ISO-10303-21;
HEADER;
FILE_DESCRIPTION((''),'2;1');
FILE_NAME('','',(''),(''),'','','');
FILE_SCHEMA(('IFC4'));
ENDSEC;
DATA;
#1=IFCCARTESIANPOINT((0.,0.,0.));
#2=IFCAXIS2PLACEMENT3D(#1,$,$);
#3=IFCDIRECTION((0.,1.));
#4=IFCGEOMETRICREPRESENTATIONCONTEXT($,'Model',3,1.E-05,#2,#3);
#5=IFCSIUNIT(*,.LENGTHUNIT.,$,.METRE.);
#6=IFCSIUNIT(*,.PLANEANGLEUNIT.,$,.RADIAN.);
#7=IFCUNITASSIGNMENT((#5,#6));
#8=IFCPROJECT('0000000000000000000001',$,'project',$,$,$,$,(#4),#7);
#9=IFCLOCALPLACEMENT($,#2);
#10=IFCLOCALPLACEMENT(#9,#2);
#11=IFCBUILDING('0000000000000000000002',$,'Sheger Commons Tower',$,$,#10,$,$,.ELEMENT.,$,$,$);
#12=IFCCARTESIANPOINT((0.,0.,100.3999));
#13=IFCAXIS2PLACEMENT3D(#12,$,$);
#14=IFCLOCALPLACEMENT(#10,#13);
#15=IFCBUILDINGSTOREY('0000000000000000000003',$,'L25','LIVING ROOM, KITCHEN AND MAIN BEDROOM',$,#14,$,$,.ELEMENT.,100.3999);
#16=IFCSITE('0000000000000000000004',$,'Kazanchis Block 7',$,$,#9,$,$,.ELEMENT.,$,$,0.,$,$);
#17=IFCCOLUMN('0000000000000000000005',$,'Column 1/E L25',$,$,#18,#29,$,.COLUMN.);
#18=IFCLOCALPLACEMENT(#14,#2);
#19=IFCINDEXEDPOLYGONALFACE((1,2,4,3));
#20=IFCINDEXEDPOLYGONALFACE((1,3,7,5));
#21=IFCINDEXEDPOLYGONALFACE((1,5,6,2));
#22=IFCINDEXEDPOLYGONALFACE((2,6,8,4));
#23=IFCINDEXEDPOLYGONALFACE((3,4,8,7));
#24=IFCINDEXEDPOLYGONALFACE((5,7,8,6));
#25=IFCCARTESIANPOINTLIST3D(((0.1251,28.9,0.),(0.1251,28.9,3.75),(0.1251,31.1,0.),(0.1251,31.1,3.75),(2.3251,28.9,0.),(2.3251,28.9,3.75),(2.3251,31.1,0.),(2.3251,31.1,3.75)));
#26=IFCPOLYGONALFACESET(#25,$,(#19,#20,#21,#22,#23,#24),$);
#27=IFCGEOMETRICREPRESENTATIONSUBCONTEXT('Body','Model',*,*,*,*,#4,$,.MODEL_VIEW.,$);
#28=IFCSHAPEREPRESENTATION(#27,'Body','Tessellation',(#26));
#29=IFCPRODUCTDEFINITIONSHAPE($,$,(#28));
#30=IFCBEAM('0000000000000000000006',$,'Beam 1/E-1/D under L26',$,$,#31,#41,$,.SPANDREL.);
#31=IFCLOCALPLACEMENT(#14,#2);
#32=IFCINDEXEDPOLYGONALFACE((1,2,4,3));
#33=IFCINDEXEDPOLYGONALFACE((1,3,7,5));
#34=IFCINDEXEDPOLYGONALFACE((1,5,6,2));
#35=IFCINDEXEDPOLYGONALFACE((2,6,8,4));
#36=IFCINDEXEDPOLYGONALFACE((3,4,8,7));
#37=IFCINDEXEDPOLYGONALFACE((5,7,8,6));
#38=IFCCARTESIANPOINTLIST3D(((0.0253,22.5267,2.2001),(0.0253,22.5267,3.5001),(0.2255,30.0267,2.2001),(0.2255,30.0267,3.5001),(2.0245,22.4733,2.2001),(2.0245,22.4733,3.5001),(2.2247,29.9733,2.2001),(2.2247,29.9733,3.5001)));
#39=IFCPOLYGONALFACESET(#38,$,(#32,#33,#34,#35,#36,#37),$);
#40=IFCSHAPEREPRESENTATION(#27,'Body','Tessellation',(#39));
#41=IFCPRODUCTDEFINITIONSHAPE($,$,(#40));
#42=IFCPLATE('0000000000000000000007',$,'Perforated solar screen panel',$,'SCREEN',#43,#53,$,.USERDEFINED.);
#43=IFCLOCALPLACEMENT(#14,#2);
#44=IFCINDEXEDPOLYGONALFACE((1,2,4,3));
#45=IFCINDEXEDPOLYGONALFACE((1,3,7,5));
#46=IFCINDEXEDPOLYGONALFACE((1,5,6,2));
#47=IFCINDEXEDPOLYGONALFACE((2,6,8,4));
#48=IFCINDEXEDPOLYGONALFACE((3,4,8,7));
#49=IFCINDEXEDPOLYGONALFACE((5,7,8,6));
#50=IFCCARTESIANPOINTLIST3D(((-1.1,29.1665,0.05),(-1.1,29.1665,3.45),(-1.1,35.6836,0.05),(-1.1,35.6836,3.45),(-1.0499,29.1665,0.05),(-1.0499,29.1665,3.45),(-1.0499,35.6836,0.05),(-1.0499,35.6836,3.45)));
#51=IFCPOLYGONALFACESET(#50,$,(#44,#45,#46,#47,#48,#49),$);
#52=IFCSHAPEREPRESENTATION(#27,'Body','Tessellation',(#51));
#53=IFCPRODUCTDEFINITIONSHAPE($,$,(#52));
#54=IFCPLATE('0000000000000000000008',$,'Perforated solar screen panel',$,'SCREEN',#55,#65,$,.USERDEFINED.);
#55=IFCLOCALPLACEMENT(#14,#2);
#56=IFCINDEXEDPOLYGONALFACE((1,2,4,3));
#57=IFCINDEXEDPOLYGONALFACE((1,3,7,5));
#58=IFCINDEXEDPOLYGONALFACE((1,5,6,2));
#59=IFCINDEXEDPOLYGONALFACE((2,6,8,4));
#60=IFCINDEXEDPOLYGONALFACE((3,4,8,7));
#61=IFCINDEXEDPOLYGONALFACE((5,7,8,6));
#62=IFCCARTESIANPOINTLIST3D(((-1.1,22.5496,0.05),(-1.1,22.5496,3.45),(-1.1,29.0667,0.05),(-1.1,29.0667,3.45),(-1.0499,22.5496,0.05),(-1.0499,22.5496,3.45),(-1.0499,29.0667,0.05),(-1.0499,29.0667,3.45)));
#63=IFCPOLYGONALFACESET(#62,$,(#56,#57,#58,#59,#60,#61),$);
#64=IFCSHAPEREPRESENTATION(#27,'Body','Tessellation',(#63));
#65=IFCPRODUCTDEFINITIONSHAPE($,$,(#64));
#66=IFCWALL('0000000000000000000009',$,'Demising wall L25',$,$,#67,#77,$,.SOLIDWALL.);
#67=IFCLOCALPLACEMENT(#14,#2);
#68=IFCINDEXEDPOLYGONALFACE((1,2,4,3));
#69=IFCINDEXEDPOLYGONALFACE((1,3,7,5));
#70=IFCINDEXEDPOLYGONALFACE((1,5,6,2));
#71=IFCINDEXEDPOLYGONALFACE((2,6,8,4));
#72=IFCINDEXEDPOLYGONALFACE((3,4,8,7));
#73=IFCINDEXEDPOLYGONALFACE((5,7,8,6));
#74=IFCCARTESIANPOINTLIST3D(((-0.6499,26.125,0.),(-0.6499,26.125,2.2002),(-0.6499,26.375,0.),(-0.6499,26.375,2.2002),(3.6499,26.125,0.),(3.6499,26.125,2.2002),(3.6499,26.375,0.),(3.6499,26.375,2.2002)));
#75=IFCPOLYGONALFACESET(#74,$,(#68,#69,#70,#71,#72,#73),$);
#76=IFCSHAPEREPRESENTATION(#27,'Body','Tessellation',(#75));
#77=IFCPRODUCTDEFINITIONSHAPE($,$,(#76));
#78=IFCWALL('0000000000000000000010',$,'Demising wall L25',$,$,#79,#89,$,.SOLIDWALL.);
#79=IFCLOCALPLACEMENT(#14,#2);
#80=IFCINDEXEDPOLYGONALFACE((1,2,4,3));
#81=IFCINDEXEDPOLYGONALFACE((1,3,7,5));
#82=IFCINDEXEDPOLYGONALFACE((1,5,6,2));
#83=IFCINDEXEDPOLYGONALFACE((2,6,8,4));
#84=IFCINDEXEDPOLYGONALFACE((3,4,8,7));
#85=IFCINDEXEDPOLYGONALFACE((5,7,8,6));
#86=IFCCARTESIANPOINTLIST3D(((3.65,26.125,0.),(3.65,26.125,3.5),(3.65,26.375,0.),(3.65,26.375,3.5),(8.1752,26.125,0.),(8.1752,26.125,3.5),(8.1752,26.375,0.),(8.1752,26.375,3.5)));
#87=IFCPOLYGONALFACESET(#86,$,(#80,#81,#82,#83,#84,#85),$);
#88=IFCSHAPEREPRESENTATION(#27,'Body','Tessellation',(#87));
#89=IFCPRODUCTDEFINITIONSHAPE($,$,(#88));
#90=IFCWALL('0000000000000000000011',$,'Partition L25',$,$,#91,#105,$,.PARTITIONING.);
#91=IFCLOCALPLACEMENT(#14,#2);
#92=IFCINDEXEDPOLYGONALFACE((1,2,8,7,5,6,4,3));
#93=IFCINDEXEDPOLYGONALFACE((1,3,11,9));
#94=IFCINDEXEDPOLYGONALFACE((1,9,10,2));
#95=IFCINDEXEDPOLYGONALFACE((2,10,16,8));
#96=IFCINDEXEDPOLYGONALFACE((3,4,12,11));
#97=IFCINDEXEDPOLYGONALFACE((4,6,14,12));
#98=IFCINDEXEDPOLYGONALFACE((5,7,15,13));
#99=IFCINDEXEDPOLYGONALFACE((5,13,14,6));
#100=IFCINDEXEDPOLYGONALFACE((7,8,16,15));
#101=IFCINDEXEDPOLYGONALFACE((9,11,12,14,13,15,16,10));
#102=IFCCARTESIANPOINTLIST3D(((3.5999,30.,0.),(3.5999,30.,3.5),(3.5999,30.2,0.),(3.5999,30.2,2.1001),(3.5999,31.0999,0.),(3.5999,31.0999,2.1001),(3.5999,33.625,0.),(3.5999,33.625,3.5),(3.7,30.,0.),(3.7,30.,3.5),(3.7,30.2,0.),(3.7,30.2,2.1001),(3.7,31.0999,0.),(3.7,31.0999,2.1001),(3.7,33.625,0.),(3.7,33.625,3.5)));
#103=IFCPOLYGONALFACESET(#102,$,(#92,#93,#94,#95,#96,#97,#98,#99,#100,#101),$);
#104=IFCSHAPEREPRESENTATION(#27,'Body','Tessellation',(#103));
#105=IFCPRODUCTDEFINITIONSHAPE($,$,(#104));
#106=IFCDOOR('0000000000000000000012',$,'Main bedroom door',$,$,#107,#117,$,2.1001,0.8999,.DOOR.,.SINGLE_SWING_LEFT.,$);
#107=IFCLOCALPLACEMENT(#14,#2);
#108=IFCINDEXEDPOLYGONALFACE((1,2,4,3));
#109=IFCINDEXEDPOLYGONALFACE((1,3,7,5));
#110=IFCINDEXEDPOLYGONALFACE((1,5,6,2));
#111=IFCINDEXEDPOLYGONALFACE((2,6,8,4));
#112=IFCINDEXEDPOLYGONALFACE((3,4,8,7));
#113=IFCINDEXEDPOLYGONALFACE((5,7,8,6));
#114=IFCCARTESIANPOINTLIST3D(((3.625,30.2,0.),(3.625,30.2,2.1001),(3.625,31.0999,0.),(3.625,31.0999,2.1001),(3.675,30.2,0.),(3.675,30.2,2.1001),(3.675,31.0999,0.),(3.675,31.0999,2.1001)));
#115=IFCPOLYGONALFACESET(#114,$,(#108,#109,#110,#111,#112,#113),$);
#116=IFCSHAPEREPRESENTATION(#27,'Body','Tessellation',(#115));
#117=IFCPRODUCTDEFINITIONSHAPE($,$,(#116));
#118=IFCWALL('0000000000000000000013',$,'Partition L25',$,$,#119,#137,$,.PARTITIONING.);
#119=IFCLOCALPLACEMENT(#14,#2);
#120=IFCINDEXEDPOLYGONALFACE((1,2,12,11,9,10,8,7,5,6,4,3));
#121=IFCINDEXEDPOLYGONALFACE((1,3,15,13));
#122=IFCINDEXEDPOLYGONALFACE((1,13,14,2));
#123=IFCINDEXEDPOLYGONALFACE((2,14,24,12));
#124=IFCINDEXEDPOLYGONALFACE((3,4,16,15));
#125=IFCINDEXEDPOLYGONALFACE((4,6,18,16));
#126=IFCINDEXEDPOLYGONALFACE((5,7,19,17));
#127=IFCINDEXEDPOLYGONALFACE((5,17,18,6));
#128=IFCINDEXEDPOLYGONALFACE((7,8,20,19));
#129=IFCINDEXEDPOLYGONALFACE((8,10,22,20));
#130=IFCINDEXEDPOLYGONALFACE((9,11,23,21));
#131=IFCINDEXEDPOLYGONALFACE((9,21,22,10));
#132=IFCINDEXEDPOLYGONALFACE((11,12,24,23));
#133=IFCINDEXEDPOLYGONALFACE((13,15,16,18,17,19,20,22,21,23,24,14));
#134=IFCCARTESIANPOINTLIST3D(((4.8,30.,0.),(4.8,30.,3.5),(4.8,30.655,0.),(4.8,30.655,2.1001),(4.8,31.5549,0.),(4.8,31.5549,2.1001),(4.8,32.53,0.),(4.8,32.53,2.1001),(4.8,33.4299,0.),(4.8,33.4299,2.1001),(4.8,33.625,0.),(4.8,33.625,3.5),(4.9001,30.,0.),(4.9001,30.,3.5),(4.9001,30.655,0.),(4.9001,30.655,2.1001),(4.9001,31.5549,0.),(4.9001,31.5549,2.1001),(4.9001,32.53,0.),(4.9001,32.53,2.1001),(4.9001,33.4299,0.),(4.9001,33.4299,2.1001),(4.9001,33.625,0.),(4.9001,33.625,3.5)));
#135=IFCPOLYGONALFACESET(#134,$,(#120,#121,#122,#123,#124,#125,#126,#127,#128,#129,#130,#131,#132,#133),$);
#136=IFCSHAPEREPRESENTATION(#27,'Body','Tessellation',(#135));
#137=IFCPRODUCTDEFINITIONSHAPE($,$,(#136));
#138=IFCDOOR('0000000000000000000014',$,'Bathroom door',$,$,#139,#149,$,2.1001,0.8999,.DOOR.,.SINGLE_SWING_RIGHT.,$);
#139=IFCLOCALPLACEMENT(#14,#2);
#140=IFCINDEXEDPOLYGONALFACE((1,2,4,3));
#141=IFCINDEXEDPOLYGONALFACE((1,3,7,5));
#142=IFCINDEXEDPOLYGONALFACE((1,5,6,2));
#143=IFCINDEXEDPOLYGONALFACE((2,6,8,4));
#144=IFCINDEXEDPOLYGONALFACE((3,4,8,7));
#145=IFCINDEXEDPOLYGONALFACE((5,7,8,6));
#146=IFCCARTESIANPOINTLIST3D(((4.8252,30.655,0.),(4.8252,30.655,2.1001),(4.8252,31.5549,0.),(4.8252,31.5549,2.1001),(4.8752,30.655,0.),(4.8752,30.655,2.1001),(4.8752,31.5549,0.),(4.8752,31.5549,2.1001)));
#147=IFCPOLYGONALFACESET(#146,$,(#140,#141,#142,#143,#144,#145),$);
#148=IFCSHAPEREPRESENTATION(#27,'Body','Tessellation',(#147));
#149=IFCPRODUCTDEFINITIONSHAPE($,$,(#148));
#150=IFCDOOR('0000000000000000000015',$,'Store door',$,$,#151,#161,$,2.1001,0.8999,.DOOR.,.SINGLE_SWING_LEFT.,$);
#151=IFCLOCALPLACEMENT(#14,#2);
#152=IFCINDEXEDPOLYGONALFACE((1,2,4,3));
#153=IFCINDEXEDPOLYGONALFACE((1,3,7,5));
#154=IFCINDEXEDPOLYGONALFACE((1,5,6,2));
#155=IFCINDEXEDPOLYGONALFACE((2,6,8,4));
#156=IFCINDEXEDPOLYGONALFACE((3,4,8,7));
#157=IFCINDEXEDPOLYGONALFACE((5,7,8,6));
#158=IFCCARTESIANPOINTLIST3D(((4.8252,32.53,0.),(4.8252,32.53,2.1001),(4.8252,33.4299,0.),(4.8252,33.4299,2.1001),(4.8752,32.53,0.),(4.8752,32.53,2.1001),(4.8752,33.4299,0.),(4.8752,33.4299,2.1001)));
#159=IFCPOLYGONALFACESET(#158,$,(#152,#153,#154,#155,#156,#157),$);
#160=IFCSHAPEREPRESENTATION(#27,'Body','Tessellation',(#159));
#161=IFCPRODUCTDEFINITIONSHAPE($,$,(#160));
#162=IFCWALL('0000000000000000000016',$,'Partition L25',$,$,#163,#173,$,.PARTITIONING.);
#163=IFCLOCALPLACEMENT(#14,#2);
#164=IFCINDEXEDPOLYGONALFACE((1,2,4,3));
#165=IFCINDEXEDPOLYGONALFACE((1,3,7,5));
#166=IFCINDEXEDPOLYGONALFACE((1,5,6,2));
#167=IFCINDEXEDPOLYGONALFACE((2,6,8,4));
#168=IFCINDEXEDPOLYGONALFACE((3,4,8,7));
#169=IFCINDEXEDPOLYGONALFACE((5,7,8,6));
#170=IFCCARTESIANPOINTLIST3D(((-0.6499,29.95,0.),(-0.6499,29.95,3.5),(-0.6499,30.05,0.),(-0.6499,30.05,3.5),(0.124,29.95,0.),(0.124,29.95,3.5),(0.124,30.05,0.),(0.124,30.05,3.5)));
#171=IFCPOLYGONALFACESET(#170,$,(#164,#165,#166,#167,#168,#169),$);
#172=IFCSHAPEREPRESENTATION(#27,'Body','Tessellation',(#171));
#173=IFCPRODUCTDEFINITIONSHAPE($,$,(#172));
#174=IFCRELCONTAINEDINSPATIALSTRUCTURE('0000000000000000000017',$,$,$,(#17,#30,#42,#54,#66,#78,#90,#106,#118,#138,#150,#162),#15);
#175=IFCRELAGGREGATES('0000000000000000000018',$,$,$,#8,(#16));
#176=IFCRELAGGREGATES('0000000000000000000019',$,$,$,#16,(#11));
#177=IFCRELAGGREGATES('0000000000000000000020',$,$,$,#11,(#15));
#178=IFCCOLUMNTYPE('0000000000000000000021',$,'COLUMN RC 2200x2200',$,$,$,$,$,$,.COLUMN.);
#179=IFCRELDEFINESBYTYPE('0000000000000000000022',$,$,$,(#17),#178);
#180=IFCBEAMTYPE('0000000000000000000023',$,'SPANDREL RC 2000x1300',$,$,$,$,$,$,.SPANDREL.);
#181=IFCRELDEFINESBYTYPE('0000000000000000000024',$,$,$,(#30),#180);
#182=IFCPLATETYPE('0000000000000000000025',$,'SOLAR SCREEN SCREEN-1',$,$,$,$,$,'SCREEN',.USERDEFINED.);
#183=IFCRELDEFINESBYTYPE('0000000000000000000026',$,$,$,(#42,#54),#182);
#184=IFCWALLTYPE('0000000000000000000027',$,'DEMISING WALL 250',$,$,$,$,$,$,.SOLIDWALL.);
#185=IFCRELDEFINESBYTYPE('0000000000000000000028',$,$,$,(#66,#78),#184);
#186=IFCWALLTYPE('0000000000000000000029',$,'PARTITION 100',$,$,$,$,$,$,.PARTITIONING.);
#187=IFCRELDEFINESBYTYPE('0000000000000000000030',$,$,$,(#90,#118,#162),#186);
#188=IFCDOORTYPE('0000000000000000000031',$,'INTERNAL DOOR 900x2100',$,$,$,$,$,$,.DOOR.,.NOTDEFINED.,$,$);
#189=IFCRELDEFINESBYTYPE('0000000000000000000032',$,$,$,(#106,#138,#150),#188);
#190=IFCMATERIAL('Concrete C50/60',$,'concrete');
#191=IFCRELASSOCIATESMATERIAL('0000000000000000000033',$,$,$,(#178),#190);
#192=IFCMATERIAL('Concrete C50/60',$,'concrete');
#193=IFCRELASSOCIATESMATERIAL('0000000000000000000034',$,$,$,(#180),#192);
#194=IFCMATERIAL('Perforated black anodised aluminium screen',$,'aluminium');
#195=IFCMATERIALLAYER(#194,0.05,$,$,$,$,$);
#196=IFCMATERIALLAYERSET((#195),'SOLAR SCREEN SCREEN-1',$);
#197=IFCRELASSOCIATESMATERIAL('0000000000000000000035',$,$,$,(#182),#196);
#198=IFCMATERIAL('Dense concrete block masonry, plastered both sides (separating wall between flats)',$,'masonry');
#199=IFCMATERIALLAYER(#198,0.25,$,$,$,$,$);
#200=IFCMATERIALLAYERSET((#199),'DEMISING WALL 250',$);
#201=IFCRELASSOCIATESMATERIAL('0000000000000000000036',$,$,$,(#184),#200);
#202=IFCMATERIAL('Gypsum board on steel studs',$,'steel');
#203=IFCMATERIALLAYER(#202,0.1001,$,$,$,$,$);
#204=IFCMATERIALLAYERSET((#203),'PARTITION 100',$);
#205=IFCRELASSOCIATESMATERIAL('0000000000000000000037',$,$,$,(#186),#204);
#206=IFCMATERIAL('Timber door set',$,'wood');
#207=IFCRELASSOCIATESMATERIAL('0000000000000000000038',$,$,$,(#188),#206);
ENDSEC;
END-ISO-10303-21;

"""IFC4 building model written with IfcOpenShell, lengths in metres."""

from ifc_helpers import new_model, si_unit, direction, frame, frame_2d, origin, origin_2d, place, context, subcontext, project, spatial, rectangle, extrude, material, layer, layer_set, material_profile, profile_set, type_object, element, fill, save


model = new_model("IFC4")

# Units and contexts
model_context = context("Model", 3, precision=1e-05, world=origin(), true_north=direction((0.0, 1.0)))
body_context = subcontext(model_context, "Body", "Model", "MODEL_VIEW")
ifc_project = project(units=[si_unit("LENGTHUNIT", "METRE"), si_unit("PLANEANGLEUNIT", "RADIAN")], contexts=[model_context])

# Site, building, storey
site_placement = place(None, origin())
site = spatial("IfcSite", under=ifc_project, at=site_placement, Name="Kazanchis Block 7", CompositionType="ELEMENT", RefElevation=0.0)
building_placement = place(site_placement, origin())
building = spatial("IfcBuilding", under=site, at=building_placement, Name="Sheger Commons Tower", CompositionType="ELEMENT")
storey_placement = place(building_placement, frame((0.0, 0.0, 100.3999)))
storey = spatial("IfcBuildingStorey", under=building, at=storey_placement, Name="L25", Description="LIVING ROOM, KITCHEN AND MAIN BEDROOM", CompositionType="ELEMENT", Elevation=100.3999)

# Column
ifc_material_1 = material(Name="Concrete C50/60", Category="concrete")
ifc_material_profile_1 = material_profile(ifc_material_1, rectangle(XDim=2.2, YDim=2.2, at=origin_2d()), Name="RC 2200x2200")
ifc_profile_set_1 = profile_set([ifc_material_profile_1], Name="Concrete C50/60")
column_type = type_object("IfcColumnType", Name="COLUMN RC 2200x2200", PredefinedType="COLUMN", material=ifc_profile_set_1)
column_placement = place(storey_placement, frame((1.2251, 30.0, 0.0), z_axis=(0.0, 0.0, 1.0), x_axis=(1.0, 0.0, 0.0)))
element("IfcColumn", 1, at=column_placement, inside=storey, type_object=column_type, Name="Column 1/E L25", PredefinedType="COLUMN", context=body_context, shape_type="SweptSolid", body=[
    extrude(rectangle(XDim=2.2, YDim=2.2, at=origin_2d()), origin(), (0.0, 0.0, 1.0), 3.75),
])

# Beam
ifc_material_2 = material(Name="Concrete C50/60", Category="concrete")
ifc_material_profile_2 = material_profile(ifc_material_2, rectangle(XDim=2.0, YDim=1.3, at=origin_2d()), Name="RC 2000x1300")
ifc_profile_set_2 = profile_set([ifc_material_profile_2], Name="Concrete C50/60")
beam_type = type_object("IfcBeamType", Name="SPANDREL RC 2000x1300", PredefinedType="SPANDREL", material=ifc_profile_set_2)
beam_placement = place(storey_placement, frame((1.2251, 30.0, 2.8501), z_axis=(-0.026683, -0.999644, 0.0), x_axis=(0.999644, -0.026683, 0.0)))
element("IfcBeam", 2, at=beam_placement, inside=storey, type_object=beam_type, Name="Beam 1/E-1/D under L26", PredefinedType="SPANDREL", context=body_context, shape_type="SweptSolid", body=[
    extrude(rectangle(XDim=2.0, YDim=1.3, at=origin_2d()), origin(), (0.0, 0.0, 1.0), 7.5027),
])

# Plates
ifc_material_3 = material(Name="Perforated black anodised aluminium screen", Category="aluminium")
ifc_layer_1 = layer(ifc_material_3, 0.05)
ifc_layer_set_1 = layer_set([ifc_layer_1], Name="SOLAR SCREEN SCREEN-1")
plate_type = type_object("IfcPlateType", Name="SOLAR SCREEN SCREEN-1", ElementType="SCREEN", PredefinedType="USERDEFINED", material=ifc_layer_set_1)
for number, where, z_axis, x_axis, name in (
    (3, (-1.075, 32.425, 0.05), (0.0, 0.0, 1.0), (0.0, -1.0, 0.0), "Perforated solar screen panel"),
    (4, (-1.075, 25.8081, 0.05), (0.0, 0.0, 1.0), (0.0, -1.0, 0.0), "Perforated solar screen panel"),
):
    element("IfcPlate", number, at=place(storey_placement, frame(where, z_axis=z_axis, x_axis=x_axis)), inside=storey, type_object=plate_type, Name=name, ObjectType="SCREEN", PredefinedType="USERDEFINED", context=body_context, shape_type="SweptSolid", body=[
        extrude(rectangle(XDim=6.5171, YDim=0.05, at=origin_2d()), origin(), (0.0, 0.0, 1.0), 3.3999),
    ])

# Walls
ifc_material_4 = material(Name="Dense concrete block masonry, plastered both sides (separating wall between flats)", Category="masonry")
ifc_layer_2 = layer(ifc_material_4, 0.25)
ifc_layer_set_2 = layer_set([ifc_layer_2], Name="DEMISING WALL 250")
wall_type_1 = type_object("IfcWallType", Name="DEMISING WALL 250", PredefinedType="SOLIDWALL", material=ifc_layer_set_2)
wall_1_placement = place(storey_placement, frame((-0.6499, 26.25, 0.0), z_axis=(0.0, 0.0, 1.0), x_axis=(1.0, 0.0, 0.0)))
element("IfcWall", 5, at=wall_1_placement, inside=storey, type_object=wall_type_1, Name="Demising wall L25", PredefinedType="SOLIDWALL", context=body_context, shape_type="SweptSolid", body=[
    extrude(rectangle(XDim=4.2998, YDim=0.25, at=frame_2d((2.1499, 0.0))), origin(), (0.0, 0.0, 1.0), 2.2002),
])
wall_2_placement = place(storey_placement, frame((3.6499, 26.25, 0.0), z_axis=(0.0, 0.0, 1.0), x_axis=(1.0, 0.0, 0.0)))
element("IfcWall", 6, at=wall_2_placement, inside=storey, type_object=wall_type_1, Name="Demising wall L25", PredefinedType="SOLIDWALL", context=body_context, shape_type="SweptSolid", body=[
    extrude(rectangle(XDim=4.5251, YDim=0.25, at=frame_2d((2.2627, 0.0))), origin(), (0.0, 0.0, 1.0), 3.5),
])

# Wall, opening, door
ifc_material_5 = material(Name="Gypsum board on steel studs", Category="steel")
ifc_layer_3 = layer(ifc_material_5, 0.1001)
ifc_layer_set_3 = layer_set([ifc_layer_3], Name="PARTITION 100")
wall_type_2 = type_object("IfcWallType", Name="PARTITION 100", PredefinedType="PARTITIONING", material=ifc_layer_set_3)
wall_3_placement = place(storey_placement, frame((3.6499, 30.0, 0.0), z_axis=(0.0, 0.0, 1.0), x_axis=(0.0, 1.0, 0.0)))
wall_3 = element("IfcWall", 7, at=wall_3_placement, inside=storey, type_object=wall_type_2, Name="Partition L25", PredefinedType="PARTITIONING", context=body_context, shape_type="SweptSolid", body=[
    extrude(rectangle(XDim=3.625, YDim=0.1001, at=frame_2d((1.8125, 0.0))), origin(), (0.0, 0.0, 1.0), 3.5),
])
opening_1_placement = place(wall_3_placement, frame((0.2, 0.0, 0.0)))
opening_1 = element("IfcOpeningElement", 8, at=opening_1_placement, cuts=wall_3, PredefinedType="OPENING", context=body_context, shape_type="SweptSolid", body=[
    extrude(rectangle(XDim=0.8999, YDim=2.1001, at=frame_2d((0.45, 1.05))), frame((0.0, 0.0601, 0.0), z_axis=(0.0, -1.0, 0.0), x_axis=(1.0, 0.0, 0.0)), (0.0, 0.0, 1.0), 0.1201),
])
ifc_material_6 = material(Name="Timber door set", Category="wood")
door_type = type_object("IfcDoorType", Name="INTERNAL DOOR 900x2100", OperationType="NOTDEFINED", PredefinedType="DOOR", material=ifc_material_6)
door_1_placement = place(opening_1_placement, origin())
door_1 = element("IfcDoor", 9, at=door_1_placement, inside=storey, type_object=door_type, Name="Main bedroom door", OperationType="SINGLE_SWING_LEFT", OverallHeight=2.1001, OverallWidth=0.8999, PredefinedType="DOOR", context=body_context, shape_type="SweptSolid", body=[
    extrude(rectangle(XDim=0.8999, YDim=2.1001, at=frame_2d((0.45, 1.05))), frame((0.0, 0.0249, 0.0), z_axis=(0.0, -1.0, 0.0), x_axis=(1.0, 0.0, 0.0)), (0.0, 0.0, 1.0), 0.05),
])
fill(opening_1, door_1)

# Wall, openings, doors
wall_4_placement = place(storey_placement, frame((4.8501, 30.0, 0.0), z_axis=(0.0, 0.0, 1.0), x_axis=(0.0, 1.0, 0.0)))
wall_4 = element("IfcWall", 10, at=wall_4_placement, inside=storey, type_object=wall_type_2, Name="Partition L25", PredefinedType="PARTITIONING", context=body_context, shape_type="SweptSolid", body=[
    extrude(rectangle(XDim=3.625, YDim=0.1001, at=frame_2d((1.8125, 0.0))), origin(), (0.0, 0.0, 1.0), 3.5),
])
opening_2_placement = place(wall_4_placement, frame((0.655, 0.0, 0.0)))
opening_2 = element("IfcOpeningElement", 11, at=opening_2_placement, cuts=wall_4, PredefinedType="OPENING", context=body_context, shape_type="SweptSolid", body=[
    extrude(rectangle(XDim=0.8999, YDim=2.1001, at=frame_2d((0.45, 1.05))), frame((0.0, 0.0601, 0.0), z_axis=(0.0, -1.0, 0.0), x_axis=(1.0, 0.0, 0.0)), (0.0, 0.0, 1.0), 0.1201),
])
opening_3_placement = place(wall_4_placement, frame((2.53, 0.0, 0.0)))
opening_3 = element("IfcOpeningElement", 12, at=opening_3_placement, cuts=wall_4, PredefinedType="OPENING", context=body_context, shape_type="SweptSolid", body=[
    extrude(rectangle(XDim=0.8999, YDim=2.1001, at=frame_2d((0.45, 1.05))), frame((0.0, 0.0601, 0.0), z_axis=(0.0, -1.0, 0.0), x_axis=(1.0, 0.0, 0.0)), (0.0, 0.0, 1.0), 0.1201),
])
door_2_placement = place(opening_2_placement, origin())
door_2 = element("IfcDoor", 13, at=door_2_placement, inside=storey, type_object=door_type, Name="Bathroom door", OperationType="SINGLE_SWING_RIGHT", OverallHeight=2.1001, OverallWidth=0.8999, PredefinedType="DOOR", context=body_context, shape_type="SweptSolid", body=[
    extrude(rectangle(XDim=0.8999, YDim=2.1001, at=frame_2d((0.45, 1.05))), frame((0.0, 0.0249, 0.0), z_axis=(0.0, -1.0, 0.0), x_axis=(1.0, 0.0, 0.0)), (0.0, 0.0, 1.0), 0.05),
])
fill(opening_2, door_2)
door_3_placement = place(opening_3_placement, origin())
door_3 = element("IfcDoor", 14, at=door_3_placement, inside=storey, type_object=door_type, Name="Store door", OperationType="SINGLE_SWING_LEFT", OverallHeight=2.1001, OverallWidth=0.8999, PredefinedType="DOOR", context=body_context, shape_type="SweptSolid", body=[
    extrude(rectangle(XDim=0.8999, YDim=2.1001, at=frame_2d((0.45, 1.05))), frame((0.0, 0.0249, 0.0), z_axis=(0.0, -1.0, 0.0), x_axis=(1.0, 0.0, 0.0)), (0.0, 0.0, 1.0), 0.05),
])
fill(opening_3, door_3)

# Wall
wall_5_placement = place(storey_placement, frame((-0.6499, 30.0, 0.0), z_axis=(0.0, 0.0, 1.0), x_axis=(1.0, 0.0, 0.0)))
element("IfcWall", 15, at=wall_5_placement, inside=storey, type_object=wall_type_2, Name="Partition L25", PredefinedType="PARTITIONING", context=body_context, shape_type="SweptSolid", body=[
    extrude(rectangle(XDim=0.7739, YDim=0.1001, at=frame_2d((0.387, 0.0))), origin(), (0.0, 0.0, 1.0), 3.5),
])

save(model, "model.ifc")
